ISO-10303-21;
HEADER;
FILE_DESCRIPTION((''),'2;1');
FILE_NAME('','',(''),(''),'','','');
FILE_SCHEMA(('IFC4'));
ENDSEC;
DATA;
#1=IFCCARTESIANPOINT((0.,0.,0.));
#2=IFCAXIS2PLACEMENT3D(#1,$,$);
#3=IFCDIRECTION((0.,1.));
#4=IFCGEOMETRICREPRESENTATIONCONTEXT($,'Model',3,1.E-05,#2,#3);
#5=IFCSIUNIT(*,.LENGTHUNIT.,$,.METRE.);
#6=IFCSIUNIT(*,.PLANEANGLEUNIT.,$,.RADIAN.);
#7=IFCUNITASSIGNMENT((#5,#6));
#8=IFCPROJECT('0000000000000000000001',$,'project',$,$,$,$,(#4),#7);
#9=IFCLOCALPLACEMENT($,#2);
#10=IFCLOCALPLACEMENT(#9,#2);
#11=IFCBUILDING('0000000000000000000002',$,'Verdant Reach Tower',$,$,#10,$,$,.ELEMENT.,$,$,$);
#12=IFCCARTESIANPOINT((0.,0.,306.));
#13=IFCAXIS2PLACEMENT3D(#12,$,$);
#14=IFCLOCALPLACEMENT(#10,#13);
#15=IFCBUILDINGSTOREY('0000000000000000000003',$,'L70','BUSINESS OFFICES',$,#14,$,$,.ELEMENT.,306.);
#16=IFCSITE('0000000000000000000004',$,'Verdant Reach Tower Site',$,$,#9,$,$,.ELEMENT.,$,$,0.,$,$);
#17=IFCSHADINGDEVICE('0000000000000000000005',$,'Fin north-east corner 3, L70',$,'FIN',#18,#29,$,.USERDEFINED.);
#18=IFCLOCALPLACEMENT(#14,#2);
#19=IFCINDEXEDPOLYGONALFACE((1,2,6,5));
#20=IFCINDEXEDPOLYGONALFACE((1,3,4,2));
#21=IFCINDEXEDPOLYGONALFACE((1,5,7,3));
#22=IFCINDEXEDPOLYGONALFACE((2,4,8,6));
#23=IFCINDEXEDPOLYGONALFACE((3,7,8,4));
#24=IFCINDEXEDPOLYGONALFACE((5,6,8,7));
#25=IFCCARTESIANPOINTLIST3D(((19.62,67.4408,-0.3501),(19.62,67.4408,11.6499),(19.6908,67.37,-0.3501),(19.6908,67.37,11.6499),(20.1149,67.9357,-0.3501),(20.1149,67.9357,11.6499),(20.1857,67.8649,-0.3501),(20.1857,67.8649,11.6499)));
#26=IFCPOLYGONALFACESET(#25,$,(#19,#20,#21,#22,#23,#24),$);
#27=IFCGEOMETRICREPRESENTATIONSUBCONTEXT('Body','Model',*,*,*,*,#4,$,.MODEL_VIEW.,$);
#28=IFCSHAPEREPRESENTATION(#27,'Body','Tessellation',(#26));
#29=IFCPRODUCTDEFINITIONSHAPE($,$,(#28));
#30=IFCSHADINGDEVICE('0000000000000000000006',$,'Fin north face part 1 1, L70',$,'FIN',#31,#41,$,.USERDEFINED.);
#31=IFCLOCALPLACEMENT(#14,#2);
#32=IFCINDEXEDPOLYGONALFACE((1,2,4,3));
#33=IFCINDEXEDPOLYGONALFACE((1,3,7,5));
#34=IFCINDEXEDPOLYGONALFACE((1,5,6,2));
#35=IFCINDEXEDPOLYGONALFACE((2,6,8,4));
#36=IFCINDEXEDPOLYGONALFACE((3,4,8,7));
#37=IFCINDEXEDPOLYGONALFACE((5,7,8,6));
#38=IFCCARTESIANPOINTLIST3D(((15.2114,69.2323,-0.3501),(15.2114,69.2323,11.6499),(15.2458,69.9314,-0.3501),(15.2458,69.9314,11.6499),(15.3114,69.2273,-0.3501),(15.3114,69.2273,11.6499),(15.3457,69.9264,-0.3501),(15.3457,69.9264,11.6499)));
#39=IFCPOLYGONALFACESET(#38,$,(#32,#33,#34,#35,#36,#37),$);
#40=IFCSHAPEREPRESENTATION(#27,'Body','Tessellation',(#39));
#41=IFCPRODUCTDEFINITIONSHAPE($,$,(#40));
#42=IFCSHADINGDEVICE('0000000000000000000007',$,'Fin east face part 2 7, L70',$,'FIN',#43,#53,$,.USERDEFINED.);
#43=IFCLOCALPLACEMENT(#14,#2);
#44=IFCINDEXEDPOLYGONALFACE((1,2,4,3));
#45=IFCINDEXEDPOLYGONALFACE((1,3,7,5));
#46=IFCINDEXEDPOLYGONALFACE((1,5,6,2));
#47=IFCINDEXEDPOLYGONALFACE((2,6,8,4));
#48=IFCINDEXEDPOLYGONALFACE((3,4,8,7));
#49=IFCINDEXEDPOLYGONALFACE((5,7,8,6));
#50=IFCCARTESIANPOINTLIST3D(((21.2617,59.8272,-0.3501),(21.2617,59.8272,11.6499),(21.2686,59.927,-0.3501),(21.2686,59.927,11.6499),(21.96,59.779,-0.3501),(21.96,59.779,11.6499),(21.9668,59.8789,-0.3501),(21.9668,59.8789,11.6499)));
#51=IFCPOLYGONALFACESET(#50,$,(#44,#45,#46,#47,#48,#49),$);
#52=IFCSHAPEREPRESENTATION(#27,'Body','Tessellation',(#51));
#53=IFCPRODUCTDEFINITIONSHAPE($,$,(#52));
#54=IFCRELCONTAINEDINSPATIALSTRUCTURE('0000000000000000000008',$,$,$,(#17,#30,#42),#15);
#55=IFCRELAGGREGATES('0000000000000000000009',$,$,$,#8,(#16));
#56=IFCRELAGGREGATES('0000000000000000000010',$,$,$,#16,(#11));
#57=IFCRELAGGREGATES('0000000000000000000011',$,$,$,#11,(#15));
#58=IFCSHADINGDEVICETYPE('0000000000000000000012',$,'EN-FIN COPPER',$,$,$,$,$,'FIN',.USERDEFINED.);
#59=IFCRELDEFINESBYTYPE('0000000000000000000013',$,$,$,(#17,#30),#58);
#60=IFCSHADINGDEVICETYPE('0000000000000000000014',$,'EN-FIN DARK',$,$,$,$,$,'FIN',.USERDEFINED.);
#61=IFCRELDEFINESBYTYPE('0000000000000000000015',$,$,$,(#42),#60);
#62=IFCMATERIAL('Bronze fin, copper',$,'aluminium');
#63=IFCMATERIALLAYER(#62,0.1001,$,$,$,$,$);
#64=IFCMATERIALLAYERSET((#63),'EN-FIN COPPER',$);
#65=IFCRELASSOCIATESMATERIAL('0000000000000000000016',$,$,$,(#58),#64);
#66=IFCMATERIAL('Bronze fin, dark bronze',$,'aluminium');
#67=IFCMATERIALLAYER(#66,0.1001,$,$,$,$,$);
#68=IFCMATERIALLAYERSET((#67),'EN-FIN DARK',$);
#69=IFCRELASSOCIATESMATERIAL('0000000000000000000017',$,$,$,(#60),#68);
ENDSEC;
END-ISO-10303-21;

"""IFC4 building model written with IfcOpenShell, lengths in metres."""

from ifc_helpers import new_model, si_unit, direction, frame, origin, origin_2d, place, context, subcontext, project, spatial, rectangle, extrude, material, layer, layer_set, type_object, element, save


model = new_model("IFC4")

# Units and contexts
model_context = context("Model", 3, precision=1e-05, world=origin(), true_north=direction((0.0, 1.0)))
body_context = subcontext(model_context, "Body", "Model", "MODEL_VIEW")
ifc_project = project(units=[si_unit("LENGTHUNIT", "METRE"), si_unit("PLANEANGLEUNIT", "RADIAN")], contexts=[model_context])

# Site, building, storey
site_placement = place(None, origin())
site = spatial("IfcSite", under=ifc_project, at=site_placement, Name="Verdant Reach Tower Site", CompositionType="ELEMENT", RefElevation=0.0)
building_placement = place(site_placement, origin())
building = spatial("IfcBuilding", under=site, at=building_placement, Name="Verdant Reach Tower", CompositionType="ELEMENT")
storey_placement = place(building_placement, frame((0.0, 0.0, 306.0)))
storey = spatial("IfcBuildingStorey", under=building, at=storey_placement, Name="L70", Description="BUSINESS OFFICES", CompositionType="ELEMENT", Elevation=306.0)

# Shading devices
ifc_material_1 = material(Name="Bronze fin, copper", Category="aluminium")
ifc_layer_1 = layer(ifc_material_1, 0.1001)
ifc_layer_set_1 = layer_set([ifc_layer_1], Name="EN-FIN COPPER")
shading_device_type_1 = type_object("IfcShadingDeviceType", Name="EN-FIN COPPER", ElementType="FIN", PredefinedType="USERDEFINED", material=ifc_layer_set_1)
for number, where, z_axis, x_axis, name in (
    (1, (19.9028, 67.6528, -0.3501), (0.0, 0.0, 1.0), (-0.707107, 0.707107, 0.0), "Fin north-east corner 3, L70"),
    (2, (15.2786, 69.5793, -0.3501), (0.0, 0.0, 1.0), (-0.998793, 0.049128, 0.0), "Fin north face part 1 1, L70"),
):
    element("IfcShadingDevice", number, at=place(storey_placement, frame(where, z_axis=z_axis, x_axis=x_axis)), inside=storey, type_object=shading_device_type_1, Name=name, ObjectType="FIN", PredefinedType="USERDEFINED", context=body_context, shape_type="SweptSolid", body=[
        extrude(rectangle(XDim=0.1001, YDim=0.7, at=origin_2d()), origin(), (0.0, 0.0, 1.0), 12.0),
    ])
ifc_material_2 = material(Name="Bronze fin, dark bronze", Category="aluminium")
ifc_layer_2 = layer(ifc_material_2, 0.1001)
ifc_layer_set_2 = layer_set([ifc_layer_2], Name="EN-FIN DARK")
shading_device_type_2 = type_object("IfcShadingDeviceType", Name="EN-FIN DARK", ElementType="FIN", PredefinedType="USERDEFINED", material=ifc_layer_set_2)
shading_device_1_placement = place(storey_placement, frame((21.6143, 59.853, -0.3501), z_axis=(0.0, 0.0, 1.0), x_axis=(0.068802, 0.99763, 0.0)))
element("IfcShadingDevice", 3, at=shading_device_1_placement, inside=storey, type_object=shading_device_type_2, Name="Fin east face part 2 7, L70", ObjectType="FIN", PredefinedType="USERDEFINED", context=body_context, shape_type="SweptSolid", body=[
    extrude(rectangle(XDim=0.1001, YDim=0.7, at=origin_2d()), origin(), (0.0, 0.0, 1.0), 12.0),
])

save(model, "model.ifc")
